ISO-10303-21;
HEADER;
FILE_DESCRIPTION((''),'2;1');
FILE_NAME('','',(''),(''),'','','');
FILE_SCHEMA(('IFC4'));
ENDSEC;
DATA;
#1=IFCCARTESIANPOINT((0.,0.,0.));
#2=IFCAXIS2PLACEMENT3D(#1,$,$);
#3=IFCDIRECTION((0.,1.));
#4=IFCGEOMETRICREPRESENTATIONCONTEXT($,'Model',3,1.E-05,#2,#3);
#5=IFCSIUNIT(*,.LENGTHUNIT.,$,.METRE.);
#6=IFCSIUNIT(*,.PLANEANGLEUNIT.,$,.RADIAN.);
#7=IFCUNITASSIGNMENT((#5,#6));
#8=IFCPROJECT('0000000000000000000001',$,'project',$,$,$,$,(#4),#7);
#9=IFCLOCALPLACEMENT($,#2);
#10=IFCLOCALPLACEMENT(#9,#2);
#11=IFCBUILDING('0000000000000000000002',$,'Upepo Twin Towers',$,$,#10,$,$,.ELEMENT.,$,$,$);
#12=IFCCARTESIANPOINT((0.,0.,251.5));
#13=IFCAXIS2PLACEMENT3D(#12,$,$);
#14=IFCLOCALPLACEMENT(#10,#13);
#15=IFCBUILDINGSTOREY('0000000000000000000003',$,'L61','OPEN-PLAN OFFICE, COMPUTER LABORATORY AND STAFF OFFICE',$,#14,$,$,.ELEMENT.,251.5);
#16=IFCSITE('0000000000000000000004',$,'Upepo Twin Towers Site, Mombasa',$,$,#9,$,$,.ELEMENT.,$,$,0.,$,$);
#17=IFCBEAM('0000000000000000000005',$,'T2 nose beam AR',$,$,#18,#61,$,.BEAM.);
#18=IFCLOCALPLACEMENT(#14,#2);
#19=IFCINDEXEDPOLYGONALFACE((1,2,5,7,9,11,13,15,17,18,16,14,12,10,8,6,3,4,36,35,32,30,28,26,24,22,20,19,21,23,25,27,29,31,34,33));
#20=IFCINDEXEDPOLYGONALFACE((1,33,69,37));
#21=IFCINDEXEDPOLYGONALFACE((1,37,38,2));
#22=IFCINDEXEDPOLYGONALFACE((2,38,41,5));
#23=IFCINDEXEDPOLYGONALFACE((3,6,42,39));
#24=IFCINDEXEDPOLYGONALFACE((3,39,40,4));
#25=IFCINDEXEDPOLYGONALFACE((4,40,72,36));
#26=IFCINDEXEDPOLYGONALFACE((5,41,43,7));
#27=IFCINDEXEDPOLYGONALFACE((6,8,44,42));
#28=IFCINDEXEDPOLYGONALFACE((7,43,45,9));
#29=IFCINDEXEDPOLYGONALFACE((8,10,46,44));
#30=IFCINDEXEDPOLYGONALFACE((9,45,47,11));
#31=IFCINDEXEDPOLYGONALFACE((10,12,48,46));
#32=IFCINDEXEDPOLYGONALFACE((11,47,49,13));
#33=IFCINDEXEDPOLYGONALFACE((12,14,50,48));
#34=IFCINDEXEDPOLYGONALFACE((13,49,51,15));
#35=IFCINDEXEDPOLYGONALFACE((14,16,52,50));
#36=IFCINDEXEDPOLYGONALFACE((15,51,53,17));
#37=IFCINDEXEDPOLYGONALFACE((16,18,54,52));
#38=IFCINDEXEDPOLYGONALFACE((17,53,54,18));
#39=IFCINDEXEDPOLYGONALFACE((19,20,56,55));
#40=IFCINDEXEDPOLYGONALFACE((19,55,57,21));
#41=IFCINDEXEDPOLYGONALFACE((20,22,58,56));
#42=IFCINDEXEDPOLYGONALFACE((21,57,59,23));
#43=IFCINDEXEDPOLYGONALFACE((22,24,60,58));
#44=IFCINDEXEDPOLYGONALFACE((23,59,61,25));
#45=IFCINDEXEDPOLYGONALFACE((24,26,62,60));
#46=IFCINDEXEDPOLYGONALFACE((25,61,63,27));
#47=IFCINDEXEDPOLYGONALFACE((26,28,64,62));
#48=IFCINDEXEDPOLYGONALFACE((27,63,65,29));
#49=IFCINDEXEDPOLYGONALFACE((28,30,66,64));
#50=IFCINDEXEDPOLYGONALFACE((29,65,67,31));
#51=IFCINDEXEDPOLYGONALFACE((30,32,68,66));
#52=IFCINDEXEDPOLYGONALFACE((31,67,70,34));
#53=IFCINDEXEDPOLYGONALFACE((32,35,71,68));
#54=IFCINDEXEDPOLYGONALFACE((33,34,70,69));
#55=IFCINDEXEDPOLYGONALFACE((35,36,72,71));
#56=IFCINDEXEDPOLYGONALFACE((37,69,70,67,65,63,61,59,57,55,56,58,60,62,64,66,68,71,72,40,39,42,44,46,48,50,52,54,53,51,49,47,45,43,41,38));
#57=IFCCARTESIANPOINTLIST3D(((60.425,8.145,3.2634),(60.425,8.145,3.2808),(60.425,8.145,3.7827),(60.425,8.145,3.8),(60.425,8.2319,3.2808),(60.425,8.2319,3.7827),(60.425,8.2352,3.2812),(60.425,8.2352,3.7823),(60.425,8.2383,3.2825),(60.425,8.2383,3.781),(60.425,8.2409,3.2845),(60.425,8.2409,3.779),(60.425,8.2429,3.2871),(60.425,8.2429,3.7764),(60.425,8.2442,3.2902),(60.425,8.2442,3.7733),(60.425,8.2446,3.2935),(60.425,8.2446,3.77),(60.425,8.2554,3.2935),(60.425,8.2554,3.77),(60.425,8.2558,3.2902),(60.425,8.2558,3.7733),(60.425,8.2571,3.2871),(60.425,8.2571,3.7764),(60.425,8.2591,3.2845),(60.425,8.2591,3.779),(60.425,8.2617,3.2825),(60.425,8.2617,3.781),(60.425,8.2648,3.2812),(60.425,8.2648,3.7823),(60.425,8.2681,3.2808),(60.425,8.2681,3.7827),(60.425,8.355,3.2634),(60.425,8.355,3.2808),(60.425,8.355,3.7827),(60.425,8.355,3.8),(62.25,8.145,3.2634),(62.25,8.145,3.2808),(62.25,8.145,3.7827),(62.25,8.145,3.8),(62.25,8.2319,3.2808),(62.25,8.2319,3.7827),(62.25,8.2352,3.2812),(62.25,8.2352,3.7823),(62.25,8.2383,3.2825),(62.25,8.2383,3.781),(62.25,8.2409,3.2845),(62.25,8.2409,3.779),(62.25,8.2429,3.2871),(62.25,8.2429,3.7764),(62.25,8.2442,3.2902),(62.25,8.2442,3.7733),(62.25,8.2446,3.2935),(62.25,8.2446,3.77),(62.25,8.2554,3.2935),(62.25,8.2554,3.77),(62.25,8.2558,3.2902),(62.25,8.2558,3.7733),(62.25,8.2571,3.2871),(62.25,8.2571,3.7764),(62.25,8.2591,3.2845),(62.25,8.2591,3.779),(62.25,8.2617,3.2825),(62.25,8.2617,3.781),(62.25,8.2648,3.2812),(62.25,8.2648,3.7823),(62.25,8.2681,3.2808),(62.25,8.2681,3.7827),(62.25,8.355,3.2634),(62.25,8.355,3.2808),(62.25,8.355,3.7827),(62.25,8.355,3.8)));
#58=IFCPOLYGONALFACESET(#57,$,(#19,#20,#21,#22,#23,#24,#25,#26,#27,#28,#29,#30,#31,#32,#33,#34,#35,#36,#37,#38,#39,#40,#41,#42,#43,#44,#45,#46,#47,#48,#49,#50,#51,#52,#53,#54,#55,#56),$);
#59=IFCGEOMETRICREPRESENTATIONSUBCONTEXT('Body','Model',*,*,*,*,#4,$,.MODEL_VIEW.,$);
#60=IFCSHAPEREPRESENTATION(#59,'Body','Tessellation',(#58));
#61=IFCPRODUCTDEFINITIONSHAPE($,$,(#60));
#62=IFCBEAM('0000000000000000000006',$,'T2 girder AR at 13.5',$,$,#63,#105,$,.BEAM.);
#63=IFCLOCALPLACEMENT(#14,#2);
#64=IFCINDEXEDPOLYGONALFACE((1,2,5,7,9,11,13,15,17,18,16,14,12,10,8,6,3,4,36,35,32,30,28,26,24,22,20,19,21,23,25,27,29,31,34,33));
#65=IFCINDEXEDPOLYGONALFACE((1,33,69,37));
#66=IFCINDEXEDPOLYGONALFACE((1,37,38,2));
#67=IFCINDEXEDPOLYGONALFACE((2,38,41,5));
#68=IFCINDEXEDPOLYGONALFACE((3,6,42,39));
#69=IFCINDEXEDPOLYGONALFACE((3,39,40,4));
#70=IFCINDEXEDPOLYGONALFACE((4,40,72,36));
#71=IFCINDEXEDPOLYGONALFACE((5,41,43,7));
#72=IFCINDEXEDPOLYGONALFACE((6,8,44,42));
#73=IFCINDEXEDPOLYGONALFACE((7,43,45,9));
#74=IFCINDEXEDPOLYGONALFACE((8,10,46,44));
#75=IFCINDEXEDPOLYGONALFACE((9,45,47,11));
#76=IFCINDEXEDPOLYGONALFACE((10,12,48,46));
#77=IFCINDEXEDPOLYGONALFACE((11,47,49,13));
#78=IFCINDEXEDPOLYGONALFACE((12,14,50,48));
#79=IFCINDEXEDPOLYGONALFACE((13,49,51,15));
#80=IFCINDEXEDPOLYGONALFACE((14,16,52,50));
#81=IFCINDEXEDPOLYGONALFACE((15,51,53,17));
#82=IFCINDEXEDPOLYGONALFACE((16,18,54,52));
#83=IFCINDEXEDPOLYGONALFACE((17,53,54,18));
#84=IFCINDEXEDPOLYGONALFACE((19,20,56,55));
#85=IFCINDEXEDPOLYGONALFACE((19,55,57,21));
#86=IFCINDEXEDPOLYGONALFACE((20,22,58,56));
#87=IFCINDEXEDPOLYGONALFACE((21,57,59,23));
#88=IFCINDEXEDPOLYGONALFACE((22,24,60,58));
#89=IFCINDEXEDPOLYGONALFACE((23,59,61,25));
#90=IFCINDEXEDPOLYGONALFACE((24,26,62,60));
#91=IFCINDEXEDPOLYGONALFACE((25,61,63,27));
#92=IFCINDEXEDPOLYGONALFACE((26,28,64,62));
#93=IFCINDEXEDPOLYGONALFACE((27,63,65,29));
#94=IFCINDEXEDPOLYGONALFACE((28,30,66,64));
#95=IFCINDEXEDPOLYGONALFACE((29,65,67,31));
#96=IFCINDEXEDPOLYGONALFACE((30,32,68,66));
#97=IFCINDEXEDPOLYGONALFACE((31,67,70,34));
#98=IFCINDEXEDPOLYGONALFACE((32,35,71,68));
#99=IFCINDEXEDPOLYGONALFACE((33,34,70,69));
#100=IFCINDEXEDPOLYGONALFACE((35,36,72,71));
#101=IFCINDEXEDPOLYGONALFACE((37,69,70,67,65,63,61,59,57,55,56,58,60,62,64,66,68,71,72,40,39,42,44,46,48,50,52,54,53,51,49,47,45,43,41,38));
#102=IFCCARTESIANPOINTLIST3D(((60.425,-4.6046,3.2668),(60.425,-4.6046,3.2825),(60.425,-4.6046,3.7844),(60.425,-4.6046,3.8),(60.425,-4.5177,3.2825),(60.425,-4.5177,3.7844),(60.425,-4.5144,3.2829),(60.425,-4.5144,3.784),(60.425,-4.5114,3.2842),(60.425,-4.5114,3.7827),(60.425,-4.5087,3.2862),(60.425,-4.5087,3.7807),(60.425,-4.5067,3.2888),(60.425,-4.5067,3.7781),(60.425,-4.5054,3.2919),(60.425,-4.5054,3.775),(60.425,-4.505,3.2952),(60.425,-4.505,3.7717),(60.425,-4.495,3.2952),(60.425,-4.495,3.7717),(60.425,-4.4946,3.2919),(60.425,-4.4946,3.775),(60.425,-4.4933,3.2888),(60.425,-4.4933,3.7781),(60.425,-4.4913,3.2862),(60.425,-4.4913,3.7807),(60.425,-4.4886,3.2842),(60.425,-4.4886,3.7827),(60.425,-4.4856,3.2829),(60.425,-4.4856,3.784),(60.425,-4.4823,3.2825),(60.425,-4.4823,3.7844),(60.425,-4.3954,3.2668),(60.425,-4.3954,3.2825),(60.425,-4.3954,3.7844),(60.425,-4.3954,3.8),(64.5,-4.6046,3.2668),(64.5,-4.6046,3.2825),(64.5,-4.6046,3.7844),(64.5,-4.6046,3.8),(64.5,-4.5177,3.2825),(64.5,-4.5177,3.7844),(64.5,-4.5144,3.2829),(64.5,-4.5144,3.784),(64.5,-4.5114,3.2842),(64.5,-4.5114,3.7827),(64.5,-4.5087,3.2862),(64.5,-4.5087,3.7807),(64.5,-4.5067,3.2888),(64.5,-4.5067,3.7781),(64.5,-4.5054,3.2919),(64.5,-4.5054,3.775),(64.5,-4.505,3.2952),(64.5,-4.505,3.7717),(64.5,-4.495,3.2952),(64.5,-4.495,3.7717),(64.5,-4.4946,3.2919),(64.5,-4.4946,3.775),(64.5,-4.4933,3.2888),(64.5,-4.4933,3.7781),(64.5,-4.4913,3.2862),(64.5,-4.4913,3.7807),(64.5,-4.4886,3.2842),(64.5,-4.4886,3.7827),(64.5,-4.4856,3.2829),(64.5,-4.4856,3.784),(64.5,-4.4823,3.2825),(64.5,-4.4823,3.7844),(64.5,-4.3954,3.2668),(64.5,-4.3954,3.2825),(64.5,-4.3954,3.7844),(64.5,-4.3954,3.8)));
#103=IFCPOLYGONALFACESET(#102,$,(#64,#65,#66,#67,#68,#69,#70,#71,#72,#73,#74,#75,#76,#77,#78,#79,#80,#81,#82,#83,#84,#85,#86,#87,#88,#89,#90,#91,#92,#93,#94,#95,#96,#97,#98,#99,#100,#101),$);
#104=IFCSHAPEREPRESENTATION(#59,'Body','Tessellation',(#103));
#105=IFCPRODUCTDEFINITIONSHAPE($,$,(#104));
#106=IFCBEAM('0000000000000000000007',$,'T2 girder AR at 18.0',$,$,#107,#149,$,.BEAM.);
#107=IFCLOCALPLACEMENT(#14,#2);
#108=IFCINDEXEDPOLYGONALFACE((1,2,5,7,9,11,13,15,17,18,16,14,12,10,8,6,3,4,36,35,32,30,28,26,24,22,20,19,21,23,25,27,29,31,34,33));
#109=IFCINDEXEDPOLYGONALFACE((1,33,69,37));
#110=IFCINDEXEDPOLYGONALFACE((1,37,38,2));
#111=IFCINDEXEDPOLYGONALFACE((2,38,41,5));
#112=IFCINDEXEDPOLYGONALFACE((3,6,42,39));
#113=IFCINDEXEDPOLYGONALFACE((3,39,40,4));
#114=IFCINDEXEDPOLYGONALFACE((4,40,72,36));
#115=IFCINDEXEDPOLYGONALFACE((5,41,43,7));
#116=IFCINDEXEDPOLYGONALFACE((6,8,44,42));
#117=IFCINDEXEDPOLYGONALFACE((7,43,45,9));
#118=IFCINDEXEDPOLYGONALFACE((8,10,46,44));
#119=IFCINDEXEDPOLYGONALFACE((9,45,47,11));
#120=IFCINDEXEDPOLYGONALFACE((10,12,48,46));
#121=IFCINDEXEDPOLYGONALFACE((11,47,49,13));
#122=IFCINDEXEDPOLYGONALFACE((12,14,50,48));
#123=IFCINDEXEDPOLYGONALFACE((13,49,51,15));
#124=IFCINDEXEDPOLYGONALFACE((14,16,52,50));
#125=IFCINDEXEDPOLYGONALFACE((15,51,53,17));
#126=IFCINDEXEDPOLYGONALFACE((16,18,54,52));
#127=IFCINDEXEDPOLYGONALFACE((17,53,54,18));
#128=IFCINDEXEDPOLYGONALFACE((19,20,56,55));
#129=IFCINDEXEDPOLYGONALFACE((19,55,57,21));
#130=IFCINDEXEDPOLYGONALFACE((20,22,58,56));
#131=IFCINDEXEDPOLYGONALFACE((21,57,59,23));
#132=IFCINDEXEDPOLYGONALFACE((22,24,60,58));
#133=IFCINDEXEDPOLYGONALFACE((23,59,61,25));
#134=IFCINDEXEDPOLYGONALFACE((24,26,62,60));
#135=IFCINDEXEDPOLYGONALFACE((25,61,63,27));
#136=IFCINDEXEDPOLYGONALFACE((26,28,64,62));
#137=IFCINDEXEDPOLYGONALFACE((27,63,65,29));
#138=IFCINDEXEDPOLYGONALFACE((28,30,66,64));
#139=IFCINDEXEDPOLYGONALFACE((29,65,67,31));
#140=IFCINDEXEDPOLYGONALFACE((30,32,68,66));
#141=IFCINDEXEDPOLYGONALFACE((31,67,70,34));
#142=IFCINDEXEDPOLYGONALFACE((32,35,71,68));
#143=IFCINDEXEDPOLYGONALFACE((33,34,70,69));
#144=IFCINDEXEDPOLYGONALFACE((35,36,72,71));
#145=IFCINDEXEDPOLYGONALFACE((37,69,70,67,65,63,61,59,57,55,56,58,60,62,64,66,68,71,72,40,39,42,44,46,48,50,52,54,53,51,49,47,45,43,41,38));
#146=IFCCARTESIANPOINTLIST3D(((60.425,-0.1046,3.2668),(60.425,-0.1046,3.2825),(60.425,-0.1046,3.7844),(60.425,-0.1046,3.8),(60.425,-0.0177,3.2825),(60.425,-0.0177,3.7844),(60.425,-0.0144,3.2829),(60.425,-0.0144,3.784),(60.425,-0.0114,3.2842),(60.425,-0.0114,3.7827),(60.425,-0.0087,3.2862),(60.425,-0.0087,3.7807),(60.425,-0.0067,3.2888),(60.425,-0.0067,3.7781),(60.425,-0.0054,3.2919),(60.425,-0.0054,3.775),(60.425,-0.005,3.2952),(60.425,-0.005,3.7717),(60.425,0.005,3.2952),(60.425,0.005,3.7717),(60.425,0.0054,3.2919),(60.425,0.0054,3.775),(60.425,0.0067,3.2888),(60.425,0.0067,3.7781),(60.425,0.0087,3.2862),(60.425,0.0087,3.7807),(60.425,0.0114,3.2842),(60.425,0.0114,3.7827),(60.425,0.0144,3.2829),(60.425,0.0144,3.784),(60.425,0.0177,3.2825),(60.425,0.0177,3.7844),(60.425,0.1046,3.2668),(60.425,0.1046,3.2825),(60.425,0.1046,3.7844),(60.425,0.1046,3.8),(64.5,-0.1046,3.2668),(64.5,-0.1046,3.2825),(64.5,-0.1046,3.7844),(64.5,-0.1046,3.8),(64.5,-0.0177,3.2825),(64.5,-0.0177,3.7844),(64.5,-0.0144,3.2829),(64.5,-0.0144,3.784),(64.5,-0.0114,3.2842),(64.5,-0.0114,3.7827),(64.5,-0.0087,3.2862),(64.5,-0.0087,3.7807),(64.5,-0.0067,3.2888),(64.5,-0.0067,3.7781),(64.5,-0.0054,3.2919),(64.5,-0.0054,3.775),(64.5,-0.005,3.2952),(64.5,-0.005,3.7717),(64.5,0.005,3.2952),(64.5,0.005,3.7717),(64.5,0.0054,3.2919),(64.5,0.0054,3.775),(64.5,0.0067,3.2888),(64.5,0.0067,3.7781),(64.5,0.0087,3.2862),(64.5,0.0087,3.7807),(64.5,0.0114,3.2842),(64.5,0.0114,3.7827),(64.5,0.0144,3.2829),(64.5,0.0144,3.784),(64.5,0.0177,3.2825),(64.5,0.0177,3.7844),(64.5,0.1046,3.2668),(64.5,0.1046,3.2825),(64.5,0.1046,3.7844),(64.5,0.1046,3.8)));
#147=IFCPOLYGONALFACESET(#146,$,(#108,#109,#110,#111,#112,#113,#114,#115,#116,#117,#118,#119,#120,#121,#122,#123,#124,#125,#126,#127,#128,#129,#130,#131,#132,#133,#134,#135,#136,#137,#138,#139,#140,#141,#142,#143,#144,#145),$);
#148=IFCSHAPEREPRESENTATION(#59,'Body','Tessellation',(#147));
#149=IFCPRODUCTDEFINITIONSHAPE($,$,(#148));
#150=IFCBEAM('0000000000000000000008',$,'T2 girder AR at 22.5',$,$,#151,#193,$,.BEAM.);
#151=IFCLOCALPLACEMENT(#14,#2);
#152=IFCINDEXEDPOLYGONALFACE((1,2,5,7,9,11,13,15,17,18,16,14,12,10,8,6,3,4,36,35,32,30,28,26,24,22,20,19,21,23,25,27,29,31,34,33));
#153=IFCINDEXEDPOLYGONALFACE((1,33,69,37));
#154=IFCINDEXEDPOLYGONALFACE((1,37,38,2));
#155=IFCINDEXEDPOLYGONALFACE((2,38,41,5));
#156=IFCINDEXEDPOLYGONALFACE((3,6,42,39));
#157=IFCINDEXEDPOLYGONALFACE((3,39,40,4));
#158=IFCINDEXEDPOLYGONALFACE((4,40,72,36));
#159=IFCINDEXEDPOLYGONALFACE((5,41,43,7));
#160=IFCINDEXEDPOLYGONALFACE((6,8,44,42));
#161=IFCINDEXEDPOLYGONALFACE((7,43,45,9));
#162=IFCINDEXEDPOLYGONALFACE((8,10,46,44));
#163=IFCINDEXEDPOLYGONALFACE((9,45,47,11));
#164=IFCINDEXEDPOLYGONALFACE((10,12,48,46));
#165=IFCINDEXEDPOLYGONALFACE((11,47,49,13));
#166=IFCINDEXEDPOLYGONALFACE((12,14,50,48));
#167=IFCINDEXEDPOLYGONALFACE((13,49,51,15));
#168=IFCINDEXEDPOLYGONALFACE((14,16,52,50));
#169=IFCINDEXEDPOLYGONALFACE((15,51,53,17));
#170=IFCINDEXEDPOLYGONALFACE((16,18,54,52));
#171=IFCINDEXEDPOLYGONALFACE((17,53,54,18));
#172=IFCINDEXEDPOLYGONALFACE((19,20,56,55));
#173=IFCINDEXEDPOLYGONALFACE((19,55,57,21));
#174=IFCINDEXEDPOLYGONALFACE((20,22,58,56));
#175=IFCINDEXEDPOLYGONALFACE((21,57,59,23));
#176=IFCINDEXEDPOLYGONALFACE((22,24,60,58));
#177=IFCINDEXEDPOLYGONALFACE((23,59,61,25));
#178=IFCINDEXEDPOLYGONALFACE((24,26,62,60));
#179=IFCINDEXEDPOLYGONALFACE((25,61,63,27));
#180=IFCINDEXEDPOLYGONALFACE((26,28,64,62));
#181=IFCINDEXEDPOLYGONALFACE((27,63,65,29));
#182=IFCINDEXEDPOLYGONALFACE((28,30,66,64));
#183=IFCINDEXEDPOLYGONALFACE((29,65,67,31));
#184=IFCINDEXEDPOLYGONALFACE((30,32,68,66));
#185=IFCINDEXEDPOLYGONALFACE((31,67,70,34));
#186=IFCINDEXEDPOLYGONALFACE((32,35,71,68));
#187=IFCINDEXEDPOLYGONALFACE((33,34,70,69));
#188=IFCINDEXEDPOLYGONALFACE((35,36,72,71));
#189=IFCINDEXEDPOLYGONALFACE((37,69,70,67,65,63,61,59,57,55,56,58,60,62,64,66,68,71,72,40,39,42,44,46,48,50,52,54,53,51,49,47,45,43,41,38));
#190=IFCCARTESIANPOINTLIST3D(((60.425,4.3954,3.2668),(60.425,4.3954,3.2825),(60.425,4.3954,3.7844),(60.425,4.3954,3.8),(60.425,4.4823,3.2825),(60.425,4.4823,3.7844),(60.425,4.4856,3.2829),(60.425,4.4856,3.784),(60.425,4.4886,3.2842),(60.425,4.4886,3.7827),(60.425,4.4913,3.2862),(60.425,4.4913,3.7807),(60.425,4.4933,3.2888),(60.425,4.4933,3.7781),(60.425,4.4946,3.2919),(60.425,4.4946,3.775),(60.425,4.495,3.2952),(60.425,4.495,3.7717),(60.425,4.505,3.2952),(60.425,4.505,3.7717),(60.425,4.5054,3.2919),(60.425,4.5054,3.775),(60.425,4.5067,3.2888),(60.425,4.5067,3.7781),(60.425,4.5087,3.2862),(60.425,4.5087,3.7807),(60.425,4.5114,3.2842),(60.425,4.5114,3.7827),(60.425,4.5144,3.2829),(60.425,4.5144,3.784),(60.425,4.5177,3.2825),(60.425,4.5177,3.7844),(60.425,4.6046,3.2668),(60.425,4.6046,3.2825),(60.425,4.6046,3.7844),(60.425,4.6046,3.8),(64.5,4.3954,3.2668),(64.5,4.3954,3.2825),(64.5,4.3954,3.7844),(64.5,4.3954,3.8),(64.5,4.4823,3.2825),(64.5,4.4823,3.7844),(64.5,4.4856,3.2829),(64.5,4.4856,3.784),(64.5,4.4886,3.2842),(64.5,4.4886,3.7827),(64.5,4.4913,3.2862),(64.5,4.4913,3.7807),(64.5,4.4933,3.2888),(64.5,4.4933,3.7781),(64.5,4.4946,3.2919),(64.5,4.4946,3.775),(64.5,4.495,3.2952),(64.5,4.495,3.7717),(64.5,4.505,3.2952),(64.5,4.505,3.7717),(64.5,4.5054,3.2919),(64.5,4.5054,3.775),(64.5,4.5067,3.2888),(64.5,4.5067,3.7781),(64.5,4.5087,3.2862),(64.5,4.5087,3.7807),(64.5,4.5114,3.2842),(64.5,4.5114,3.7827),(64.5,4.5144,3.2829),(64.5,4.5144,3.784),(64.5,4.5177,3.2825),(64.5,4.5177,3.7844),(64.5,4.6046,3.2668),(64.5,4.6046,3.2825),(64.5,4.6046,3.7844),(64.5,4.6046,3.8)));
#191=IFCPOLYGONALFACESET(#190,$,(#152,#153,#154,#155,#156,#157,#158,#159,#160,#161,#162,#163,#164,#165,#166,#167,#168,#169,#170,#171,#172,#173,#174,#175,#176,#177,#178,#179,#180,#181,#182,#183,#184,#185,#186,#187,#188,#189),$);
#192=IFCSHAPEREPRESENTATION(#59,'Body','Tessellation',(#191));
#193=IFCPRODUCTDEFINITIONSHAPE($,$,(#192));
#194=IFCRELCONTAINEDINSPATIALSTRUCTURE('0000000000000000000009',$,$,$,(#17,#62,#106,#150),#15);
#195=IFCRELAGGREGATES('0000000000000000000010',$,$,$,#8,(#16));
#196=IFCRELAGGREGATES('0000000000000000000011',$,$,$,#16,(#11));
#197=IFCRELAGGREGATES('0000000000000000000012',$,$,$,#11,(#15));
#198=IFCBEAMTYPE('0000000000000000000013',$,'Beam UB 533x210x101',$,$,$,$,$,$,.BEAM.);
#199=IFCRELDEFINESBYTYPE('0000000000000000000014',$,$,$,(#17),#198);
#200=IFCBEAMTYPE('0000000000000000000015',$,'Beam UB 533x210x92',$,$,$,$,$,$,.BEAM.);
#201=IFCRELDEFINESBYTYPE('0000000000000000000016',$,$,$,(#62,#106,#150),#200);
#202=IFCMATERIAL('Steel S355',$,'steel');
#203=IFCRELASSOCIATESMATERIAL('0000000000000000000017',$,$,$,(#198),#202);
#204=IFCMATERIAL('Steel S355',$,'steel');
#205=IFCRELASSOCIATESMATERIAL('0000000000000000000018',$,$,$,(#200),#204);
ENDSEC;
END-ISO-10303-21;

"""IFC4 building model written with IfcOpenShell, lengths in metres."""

from ifc_helpers import new_model, si_unit, direction, frame, origin, origin_2d, place, context, subcontext, project, spatial, i_section, extrude, material, material_profile, profile_set, type_object, element, save


model = new_model("IFC4")

# Units and contexts
model_context = context("Model", 3, precision=1e-05, world=origin(), true_north=direction((0.0, 1.0)))
body_context = subcontext(model_context, "Body", "Model", "MODEL_VIEW")
ifc_project = project(units=[si_unit("LENGTHUNIT", "METRE"), si_unit("PLANEANGLEUNIT", "RADIAN")], contexts=[model_context])

# Site, building, storey
site_placement = place(None, origin())
site = spatial("IfcSite", under=ifc_project, at=site_placement, Name="Upepo Twin Towers Site, Mombasa", CompositionType="ELEMENT", RefElevation=0.0)
building_placement = place(site_placement, origin())
building = spatial("IfcBuilding", under=site, at=building_placement, Name="Upepo Twin Towers", CompositionType="ELEMENT")
storey_placement = place(building_placement, frame((0.0, 0.0, 251.5)))
storey = spatial("IfcBuildingStorey", under=building, at=storey_placement, Name="L61", Description="OPEN-PLAN OFFICE, COMPUTER LABORATORY AND STAFF OFFICE", CompositionType="ELEMENT", Elevation=251.5)

# Beams
ifc_material_1 = material(Name="Steel S355", Category="steel")
ifc_material_profile_1 = material_profile(ifc_material_1, i_section(OverallWidth=0.21, OverallDepth=0.5366, WebThickness=0.0107, FlangeThickness=0.0173, FilletRadius=0.0127, at=origin_2d()), Name="UB 533x210x101")
ifc_profile_set_1 = profile_set([ifc_material_profile_1], Name="Steel S355")
beam_type_1 = type_object("IfcBeamType", Name="Beam UB 533x210x101", PredefinedType="BEAM", material=ifc_profile_set_1)
beam_1_placement = place(storey_placement, frame((62.25, 8.25, 3.5317), z_axis=(-1.0, 0.0, 0.0), x_axis=(0.0, -1.0, 0.0)))
element("IfcBeam", 1, at=beam_1_placement, inside=storey, type_object=beam_type_1, Name="T2 nose beam AR", PredefinedType="BEAM", context=body_context, shape_type="SweptSolid", body=[
    extrude(i_section(OverallWidth=0.21, OverallDepth=0.5366, WebThickness=0.0107, FlangeThickness=0.0173, FilletRadius=0.0127, at=origin_2d()), origin(), (0.0, 0.0, 1.0), 1.825),
])
ifc_material_2 = material(Name="Steel S355", Category="steel")
ifc_material_profile_2 = material_profile(ifc_material_2, i_section(OverallWidth=0.2092, OverallDepth=0.5332, WebThickness=0.01, FlangeThickness=0.0156, FilletRadius=0.0127, at=origin_2d()), Name="UB 533x210x92")
ifc_profile_set_2 = profile_set([ifc_material_profile_2], Name="Steel S355")
beam_type_2 = type_object("IfcBeamType", Name="Beam UB 533x210x92", PredefinedType="BEAM", material=ifc_profile_set_2)
for number, where, z_axis, x_axis, name in (
    (2, (64.5, -4.5, 3.5334), (-1.0, 0.0, 0.0), (0.0, -1.0, 0.0), "T2 girder AR at 13.5"),
    (3, (64.5, 0.0, 3.5334), (-1.0, 0.0, 0.0), (0.0, -1.0, 0.0), "T2 girder AR at 18.0"),
    (4, (64.5, 4.5, 3.5334), (-1.0, 0.0, 0.0), (0.0, -1.0, 0.0), "T2 girder AR at 22.5"),
):
    element("IfcBeam", number, at=place(storey_placement, frame(where, z_axis=z_axis, x_axis=x_axis)), inside=storey, type_object=beam_type_2, Name=name, PredefinedType="BEAM", context=body_context, shape_type="SweptSolid", body=[
        extrude(i_section(OverallWidth=0.2092, OverallDepth=0.5332, WebThickness=0.01, FlangeThickness=0.0156, FilletRadius=0.0127, at=origin_2d()), origin(), (0.0, 0.0, 1.0), 4.075),
    ])

save(model, "model.ifc")
